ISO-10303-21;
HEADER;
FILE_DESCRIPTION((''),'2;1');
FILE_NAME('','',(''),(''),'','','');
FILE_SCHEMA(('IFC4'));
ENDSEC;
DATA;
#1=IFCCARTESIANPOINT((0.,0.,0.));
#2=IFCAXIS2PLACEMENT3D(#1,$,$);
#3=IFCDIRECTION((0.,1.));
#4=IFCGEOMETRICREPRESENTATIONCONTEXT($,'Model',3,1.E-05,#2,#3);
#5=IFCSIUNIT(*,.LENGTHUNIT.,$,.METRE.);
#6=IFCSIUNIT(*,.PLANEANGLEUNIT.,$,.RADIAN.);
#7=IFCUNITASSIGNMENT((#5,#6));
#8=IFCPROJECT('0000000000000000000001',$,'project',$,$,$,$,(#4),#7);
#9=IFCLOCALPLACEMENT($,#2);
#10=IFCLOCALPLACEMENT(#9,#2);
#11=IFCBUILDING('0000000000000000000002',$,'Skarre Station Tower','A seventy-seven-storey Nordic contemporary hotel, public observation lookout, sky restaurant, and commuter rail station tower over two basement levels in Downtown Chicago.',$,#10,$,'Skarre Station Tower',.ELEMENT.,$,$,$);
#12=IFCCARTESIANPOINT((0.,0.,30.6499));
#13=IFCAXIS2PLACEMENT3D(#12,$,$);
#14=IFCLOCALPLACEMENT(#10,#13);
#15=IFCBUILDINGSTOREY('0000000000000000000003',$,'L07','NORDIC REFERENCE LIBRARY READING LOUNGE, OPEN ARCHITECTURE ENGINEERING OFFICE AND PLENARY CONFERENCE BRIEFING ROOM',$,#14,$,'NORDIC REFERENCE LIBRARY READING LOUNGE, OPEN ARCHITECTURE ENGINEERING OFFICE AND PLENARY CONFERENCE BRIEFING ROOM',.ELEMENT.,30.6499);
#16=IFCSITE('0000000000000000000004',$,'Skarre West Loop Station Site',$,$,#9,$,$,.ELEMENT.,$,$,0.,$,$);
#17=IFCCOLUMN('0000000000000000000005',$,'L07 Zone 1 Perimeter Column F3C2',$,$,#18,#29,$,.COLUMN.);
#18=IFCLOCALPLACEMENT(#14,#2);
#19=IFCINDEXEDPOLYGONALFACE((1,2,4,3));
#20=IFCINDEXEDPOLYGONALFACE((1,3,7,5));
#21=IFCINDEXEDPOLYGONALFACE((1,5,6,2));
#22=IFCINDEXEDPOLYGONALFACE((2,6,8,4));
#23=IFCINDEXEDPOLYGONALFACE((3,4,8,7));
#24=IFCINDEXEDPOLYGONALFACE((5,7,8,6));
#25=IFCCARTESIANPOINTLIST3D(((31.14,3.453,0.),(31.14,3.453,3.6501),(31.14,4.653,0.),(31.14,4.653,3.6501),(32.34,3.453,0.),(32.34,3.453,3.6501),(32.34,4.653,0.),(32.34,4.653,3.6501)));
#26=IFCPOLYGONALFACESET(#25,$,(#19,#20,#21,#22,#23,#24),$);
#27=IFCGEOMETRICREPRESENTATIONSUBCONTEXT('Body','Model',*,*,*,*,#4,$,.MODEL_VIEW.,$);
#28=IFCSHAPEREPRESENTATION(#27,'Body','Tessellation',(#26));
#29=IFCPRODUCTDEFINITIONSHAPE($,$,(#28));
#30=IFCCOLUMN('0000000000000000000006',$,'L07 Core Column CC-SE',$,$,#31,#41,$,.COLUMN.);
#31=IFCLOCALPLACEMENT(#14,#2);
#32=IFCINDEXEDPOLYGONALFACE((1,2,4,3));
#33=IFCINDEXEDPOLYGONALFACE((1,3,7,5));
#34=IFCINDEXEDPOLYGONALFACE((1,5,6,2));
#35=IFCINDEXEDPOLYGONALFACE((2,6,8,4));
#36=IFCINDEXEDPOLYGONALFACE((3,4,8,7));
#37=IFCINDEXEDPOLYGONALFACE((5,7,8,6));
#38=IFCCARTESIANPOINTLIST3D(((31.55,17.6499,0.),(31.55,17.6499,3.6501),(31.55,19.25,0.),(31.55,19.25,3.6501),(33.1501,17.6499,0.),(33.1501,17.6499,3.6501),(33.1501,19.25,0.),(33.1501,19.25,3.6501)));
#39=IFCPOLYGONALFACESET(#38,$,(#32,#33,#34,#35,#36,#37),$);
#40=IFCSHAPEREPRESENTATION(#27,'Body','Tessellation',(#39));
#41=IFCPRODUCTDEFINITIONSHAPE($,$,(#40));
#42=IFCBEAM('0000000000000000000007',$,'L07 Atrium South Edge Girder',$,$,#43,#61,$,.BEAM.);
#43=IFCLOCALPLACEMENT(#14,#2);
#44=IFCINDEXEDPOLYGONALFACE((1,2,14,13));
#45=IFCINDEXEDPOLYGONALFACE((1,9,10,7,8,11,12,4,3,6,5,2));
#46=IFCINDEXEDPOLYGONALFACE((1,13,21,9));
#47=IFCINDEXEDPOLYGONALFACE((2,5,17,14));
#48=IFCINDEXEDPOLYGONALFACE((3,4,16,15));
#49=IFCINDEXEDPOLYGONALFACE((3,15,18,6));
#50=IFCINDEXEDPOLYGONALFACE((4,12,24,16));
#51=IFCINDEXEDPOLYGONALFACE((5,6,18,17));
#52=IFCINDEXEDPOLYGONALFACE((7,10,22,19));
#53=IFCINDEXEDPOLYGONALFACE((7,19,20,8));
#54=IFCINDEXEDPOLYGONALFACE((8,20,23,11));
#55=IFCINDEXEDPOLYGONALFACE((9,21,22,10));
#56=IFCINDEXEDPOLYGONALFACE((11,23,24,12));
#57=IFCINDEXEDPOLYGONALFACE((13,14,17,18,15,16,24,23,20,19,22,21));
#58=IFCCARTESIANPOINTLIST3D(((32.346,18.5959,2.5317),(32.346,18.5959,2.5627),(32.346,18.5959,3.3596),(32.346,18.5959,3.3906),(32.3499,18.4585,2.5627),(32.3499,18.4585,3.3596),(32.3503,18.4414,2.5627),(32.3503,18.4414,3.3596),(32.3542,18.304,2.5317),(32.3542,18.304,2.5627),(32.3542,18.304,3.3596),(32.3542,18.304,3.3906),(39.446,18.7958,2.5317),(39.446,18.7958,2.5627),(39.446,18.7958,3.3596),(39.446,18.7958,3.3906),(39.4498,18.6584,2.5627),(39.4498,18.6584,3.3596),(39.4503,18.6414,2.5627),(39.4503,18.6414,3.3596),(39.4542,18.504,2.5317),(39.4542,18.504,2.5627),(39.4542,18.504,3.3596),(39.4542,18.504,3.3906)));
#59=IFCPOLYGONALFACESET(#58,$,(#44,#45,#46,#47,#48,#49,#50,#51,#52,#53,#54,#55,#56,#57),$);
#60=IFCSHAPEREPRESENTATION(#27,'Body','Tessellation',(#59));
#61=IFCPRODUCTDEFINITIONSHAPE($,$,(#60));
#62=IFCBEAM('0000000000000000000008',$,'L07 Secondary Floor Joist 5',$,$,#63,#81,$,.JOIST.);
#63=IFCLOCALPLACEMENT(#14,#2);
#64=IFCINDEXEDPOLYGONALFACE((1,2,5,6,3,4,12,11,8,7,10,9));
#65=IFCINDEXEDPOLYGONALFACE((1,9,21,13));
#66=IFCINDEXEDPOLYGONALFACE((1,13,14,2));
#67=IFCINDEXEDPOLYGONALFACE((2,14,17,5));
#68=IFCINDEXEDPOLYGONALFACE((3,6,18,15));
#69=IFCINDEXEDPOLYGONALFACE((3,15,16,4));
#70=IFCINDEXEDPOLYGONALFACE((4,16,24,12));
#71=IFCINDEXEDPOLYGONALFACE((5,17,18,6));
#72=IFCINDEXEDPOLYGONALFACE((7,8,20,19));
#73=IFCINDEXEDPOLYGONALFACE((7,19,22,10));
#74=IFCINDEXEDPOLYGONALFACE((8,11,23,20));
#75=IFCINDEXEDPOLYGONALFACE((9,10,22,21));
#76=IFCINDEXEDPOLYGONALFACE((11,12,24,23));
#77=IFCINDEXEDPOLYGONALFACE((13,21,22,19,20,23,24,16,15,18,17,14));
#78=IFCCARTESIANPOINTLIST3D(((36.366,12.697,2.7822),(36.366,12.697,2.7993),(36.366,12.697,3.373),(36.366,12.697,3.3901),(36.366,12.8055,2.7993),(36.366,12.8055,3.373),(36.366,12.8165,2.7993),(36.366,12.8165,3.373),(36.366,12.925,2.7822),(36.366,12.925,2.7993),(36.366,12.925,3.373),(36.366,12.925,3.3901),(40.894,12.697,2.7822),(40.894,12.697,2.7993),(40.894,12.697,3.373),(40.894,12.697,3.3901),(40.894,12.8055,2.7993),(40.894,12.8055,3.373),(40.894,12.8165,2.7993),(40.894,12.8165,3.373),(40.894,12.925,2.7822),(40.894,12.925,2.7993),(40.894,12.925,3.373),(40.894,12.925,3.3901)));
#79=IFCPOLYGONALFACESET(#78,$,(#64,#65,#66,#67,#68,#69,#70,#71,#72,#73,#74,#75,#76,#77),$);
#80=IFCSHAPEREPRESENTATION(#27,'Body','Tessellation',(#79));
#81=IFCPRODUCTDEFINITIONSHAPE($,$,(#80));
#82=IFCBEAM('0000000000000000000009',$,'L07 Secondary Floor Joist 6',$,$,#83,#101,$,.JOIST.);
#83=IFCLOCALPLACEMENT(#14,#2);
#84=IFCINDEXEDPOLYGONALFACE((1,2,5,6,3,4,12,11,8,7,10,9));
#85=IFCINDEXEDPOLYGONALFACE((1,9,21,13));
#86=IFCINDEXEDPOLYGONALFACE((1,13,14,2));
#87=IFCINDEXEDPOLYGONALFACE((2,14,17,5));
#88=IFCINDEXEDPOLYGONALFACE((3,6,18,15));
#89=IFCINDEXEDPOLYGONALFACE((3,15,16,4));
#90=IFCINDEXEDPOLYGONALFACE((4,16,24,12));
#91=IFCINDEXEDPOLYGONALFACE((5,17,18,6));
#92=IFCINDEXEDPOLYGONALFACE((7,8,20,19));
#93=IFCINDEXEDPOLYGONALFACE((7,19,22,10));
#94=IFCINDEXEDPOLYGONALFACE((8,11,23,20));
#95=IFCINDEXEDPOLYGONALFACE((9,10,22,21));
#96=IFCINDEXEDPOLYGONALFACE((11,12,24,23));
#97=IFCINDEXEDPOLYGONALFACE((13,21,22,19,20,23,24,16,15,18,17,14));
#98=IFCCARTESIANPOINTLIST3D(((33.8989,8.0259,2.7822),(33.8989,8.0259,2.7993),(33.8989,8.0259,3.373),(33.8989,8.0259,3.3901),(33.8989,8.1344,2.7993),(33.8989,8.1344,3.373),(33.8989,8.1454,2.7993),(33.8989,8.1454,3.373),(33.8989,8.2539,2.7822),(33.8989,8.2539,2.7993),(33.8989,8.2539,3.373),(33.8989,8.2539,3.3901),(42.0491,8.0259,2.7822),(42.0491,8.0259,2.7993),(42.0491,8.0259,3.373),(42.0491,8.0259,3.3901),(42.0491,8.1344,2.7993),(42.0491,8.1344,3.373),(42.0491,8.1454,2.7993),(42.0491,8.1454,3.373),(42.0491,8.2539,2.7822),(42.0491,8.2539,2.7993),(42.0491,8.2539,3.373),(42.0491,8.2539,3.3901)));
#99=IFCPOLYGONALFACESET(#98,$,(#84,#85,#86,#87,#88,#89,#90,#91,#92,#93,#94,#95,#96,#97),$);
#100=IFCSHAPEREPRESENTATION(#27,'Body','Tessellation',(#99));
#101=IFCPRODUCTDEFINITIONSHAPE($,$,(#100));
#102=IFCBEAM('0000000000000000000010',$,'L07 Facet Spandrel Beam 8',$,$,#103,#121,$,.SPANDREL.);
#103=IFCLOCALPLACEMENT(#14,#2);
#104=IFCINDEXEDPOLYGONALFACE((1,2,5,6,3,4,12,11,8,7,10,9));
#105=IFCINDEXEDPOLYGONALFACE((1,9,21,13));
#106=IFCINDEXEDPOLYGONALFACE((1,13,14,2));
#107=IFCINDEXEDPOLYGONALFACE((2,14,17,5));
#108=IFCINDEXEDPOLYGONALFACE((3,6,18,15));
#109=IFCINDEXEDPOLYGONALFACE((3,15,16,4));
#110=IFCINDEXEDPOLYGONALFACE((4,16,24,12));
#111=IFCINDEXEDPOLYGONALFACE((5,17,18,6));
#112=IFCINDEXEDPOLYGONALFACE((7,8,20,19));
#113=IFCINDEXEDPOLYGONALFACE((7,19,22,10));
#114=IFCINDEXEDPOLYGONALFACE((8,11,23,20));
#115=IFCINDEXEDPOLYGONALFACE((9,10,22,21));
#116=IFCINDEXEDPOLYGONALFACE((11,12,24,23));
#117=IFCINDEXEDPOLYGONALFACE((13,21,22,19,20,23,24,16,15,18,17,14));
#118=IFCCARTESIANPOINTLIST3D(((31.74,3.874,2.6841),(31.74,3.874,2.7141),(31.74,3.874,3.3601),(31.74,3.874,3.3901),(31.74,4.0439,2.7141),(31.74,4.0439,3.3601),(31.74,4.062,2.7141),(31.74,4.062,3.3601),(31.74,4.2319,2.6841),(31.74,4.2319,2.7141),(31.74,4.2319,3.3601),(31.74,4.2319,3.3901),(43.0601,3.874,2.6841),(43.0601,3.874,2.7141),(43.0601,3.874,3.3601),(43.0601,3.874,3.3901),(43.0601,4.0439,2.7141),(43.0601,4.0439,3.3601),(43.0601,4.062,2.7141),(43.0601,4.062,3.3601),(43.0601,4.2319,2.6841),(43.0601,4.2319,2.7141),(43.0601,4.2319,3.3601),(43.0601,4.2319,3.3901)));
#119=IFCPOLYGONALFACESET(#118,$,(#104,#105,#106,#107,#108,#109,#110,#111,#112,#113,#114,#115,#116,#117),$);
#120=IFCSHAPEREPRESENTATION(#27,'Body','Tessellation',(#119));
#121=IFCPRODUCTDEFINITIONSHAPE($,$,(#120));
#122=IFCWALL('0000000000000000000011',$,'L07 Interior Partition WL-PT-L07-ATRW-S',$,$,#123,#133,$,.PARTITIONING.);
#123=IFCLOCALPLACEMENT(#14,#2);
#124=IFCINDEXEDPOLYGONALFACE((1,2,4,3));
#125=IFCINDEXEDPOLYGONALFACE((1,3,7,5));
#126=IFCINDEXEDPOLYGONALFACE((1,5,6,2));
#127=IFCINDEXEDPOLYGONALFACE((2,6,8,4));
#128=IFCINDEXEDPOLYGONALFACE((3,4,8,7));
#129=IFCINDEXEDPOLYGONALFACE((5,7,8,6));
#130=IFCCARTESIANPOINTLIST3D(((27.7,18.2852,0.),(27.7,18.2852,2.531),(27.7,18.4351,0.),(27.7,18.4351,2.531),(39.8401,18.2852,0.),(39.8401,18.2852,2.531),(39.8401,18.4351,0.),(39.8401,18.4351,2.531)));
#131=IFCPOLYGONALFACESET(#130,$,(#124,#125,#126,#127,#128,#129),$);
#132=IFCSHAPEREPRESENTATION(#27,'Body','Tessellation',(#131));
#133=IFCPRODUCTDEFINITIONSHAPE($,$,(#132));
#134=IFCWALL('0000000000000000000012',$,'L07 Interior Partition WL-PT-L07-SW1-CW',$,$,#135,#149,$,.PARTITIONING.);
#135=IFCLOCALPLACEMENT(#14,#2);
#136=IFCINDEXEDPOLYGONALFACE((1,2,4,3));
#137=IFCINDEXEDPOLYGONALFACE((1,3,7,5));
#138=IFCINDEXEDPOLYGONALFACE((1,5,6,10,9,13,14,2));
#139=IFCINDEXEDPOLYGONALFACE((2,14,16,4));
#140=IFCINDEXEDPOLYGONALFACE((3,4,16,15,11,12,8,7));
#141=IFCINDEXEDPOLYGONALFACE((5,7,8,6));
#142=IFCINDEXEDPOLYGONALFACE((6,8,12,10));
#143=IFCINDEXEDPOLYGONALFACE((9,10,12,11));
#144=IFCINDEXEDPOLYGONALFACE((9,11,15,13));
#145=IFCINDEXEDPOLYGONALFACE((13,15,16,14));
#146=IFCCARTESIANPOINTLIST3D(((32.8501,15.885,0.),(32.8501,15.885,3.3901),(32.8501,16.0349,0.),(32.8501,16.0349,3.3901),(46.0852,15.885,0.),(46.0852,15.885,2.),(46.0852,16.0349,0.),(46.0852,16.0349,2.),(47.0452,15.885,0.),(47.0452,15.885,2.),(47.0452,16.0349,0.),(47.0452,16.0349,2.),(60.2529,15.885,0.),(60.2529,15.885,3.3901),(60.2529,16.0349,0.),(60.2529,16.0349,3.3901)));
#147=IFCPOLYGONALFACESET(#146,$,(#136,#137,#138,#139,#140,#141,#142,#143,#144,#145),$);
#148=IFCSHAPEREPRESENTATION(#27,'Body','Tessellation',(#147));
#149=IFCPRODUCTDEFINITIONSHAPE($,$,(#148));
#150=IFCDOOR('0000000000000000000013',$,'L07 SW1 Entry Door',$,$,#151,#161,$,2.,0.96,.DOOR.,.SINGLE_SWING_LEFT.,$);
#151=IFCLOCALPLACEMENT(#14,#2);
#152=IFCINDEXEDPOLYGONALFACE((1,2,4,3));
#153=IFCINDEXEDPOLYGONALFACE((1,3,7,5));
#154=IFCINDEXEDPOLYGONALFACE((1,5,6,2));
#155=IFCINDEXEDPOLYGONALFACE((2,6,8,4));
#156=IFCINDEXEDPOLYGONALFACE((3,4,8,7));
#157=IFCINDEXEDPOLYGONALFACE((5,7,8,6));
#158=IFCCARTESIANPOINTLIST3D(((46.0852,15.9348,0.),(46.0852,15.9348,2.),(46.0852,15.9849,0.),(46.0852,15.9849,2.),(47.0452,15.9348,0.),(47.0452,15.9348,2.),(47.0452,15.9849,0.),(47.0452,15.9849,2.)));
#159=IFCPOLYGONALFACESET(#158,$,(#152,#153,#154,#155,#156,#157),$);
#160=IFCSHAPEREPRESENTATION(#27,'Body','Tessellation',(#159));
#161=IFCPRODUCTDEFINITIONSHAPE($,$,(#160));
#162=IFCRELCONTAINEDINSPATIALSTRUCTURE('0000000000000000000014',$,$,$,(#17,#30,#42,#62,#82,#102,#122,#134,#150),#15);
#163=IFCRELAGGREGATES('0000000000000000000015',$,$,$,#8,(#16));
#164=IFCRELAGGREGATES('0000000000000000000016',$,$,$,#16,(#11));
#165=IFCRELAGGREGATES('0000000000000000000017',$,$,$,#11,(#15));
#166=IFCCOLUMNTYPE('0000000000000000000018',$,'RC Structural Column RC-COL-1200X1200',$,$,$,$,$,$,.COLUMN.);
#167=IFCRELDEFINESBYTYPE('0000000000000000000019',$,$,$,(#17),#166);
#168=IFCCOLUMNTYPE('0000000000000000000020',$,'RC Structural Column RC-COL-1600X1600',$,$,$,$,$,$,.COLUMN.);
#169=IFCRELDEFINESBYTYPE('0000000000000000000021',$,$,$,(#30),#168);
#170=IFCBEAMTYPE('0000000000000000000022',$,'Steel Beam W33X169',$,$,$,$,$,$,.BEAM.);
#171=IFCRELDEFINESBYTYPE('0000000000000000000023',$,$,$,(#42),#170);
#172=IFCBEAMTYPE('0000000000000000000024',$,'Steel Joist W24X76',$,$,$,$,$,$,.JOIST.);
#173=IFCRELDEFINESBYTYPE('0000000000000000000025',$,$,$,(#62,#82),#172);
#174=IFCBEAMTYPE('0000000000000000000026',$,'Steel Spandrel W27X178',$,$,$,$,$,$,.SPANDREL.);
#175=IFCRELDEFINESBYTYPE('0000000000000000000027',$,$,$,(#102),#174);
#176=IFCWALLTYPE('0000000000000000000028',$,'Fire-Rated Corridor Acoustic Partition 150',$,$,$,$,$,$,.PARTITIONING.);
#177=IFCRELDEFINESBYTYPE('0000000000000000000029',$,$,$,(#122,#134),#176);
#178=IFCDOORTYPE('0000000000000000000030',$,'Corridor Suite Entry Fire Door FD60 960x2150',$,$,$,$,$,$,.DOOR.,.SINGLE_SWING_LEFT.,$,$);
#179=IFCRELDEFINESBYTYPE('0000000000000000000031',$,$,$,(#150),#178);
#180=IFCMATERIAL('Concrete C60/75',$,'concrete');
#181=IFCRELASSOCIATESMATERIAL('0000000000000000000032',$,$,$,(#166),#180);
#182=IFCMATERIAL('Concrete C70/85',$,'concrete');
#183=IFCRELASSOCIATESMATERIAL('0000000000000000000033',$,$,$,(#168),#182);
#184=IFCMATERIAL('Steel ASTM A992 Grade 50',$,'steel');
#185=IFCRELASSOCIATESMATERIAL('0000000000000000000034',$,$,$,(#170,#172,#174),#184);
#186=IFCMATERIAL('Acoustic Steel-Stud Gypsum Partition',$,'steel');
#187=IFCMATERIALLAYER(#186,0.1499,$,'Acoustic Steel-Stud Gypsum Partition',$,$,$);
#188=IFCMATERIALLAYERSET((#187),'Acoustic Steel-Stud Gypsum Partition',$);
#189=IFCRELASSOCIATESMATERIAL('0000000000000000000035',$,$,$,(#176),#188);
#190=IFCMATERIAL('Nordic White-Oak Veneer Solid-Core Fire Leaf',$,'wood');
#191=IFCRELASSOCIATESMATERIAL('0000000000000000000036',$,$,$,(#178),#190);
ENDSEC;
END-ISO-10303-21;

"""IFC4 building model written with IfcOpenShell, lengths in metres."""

from ifc_helpers import new_model, si_unit, direction, frame, frame_2d, origin, origin_2d, place, context, subcontext, project, spatial, rectangle, i_section, extrude, material, layer, layer_set, material_profile, profile_set, type_object, element, fill, save


model = new_model("IFC4")

# Units and contexts
model_context = context("Model", 3, precision=1e-05, world=origin(), true_north=direction((0.0, 1.0)))
body_context = subcontext(model_context, "Body", "Model", "MODEL_VIEW")
ifc_project = project(units=[si_unit("LENGTHUNIT", "METRE"), si_unit("PLANEANGLEUNIT", "RADIAN")], contexts=[model_context])

# Site, building, storey
site_placement = place(None, origin())
site = spatial("IfcSite", under=ifc_project, at=site_placement, Name="Skarre West Loop Station Site", CompositionType="ELEMENT", RefElevation=0.0)
building_placement = place(site_placement, origin())
building = spatial("IfcBuilding", under=site, at=building_placement, Name="Skarre Station Tower", Description="A seventy-seven-storey Nordic contemporary hotel, public observation lookout, sky restaurant, and commuter rail station tower over two basement levels in Downtown Chicago.", LongName="Skarre Station Tower", CompositionType="ELEMENT")
storey_placement = place(building_placement, frame((0.0, 0.0, 30.6499)))
storey = spatial("IfcBuildingStorey", under=building, at=storey_placement, Name="L07", Description="NORDIC REFERENCE LIBRARY READING LOUNGE, OPEN ARCHITECTURE ENGINEERING OFFICE AND PLENARY CONFERENCE BRIEFING ROOM", LongName="NORDIC REFERENCE LIBRARY READING LOUNGE, OPEN ARCHITECTURE ENGINEERING OFFICE AND PLENARY CONFERENCE BRIEFING ROOM", CompositionType="ELEMENT", Elevation=30.6499)

# Columns
ifc_material_1 = material(Name="Concrete C60/75", Category="concrete")
ifc_material_profile_1 = material_profile(ifc_material_1, rectangle(XDim=1.2, YDim=1.2, at=origin_2d()), Name="Concrete C60/75")
ifc_profile_set_1 = profile_set([ifc_material_profile_1], Name="Concrete C60/75")
column_type_1 = type_object("IfcColumnType", Name="RC Structural Column RC-COL-1200X1200", PredefinedType="COLUMN", material=ifc_profile_set_1)
column_1_placement = place(storey_placement, frame((31.74, 4.053, 0.0), z_axis=(0.0, 0.0, 1.0), x_axis=(1.0, 0.0, 0.0)))
element("IfcColumn", 1, at=column_1_placement, inside=storey, type_object=column_type_1, Name="L07 Zone 1 Perimeter Column F3C2", PredefinedType="COLUMN", context=body_context, shape_type="SweptSolid", body=[
    extrude(rectangle(XDim=1.2, YDim=1.2, at=origin_2d()), origin(), (0.0, 0.0, 1.0), 3.6501),
])
ifc_material_2 = material(Name="Concrete C70/85", Category="concrete")
ifc_material_profile_2 = material_profile(ifc_material_2, rectangle(XDim=1.6001, YDim=1.6001, at=origin_2d()), Name="Concrete C70/85")
ifc_profile_set_2 = profile_set([ifc_material_profile_2], Name="Concrete C70/85")
column_type_2 = type_object("IfcColumnType", Name="RC Structural Column RC-COL-1600X1600", PredefinedType="COLUMN", material=ifc_profile_set_2)
column_2_placement = place(storey_placement, frame((32.3501, 18.45, 0.0), z_axis=(0.0, 0.0, 1.0), x_axis=(1.0, 0.0, 0.0)))
element("IfcColumn", 2, at=column_2_placement, inside=storey, type_object=column_type_2, Name="L07 Core Column CC-SE", PredefinedType="COLUMN", context=body_context, shape_type="SweptSolid", body=[
    extrude(rectangle(XDim=1.6001, YDim=1.6001, at=origin_2d()), origin(), (0.0, 0.0, 1.0), 3.6501),
])

# Beams
ifc_material_3 = material(Name="Steel ASTM A992 Grade 50", Category="steel")
ifc_material_profile_3 = material_profile(ifc_material_3, i_section(OverallWidth=0.292, OverallDepth=0.8589, WebThickness=0.0171, FlangeThickness=0.031, at=origin_2d()), Name="Steel ASTM A992 Grade 50")
ifc_profile_set_3 = profile_set([ifc_material_profile_3], Name="Steel ASTM A992 Grade 50")
beam_type_1 = type_object("IfcBeamType", Name="Steel Beam W33X169", PredefinedType="BEAM", material=ifc_profile_set_3)
beam_1_placement = place(storey_placement, frame((32.3501, 18.45, 2.9612), z_axis=(0.999604, 0.028152, 0.0), x_axis=(-0.028152, 0.999604, 0.0)))
element("IfcBeam", 3, at=beam_1_placement, inside=storey, type_object=beam_type_1, Name="L07 Atrium South Edge Girder", PredefinedType="BEAM", context=body_context, shape_type="SweptSolid", body=[
    extrude(i_section(OverallWidth=0.292, OverallDepth=0.8589, WebThickness=0.0171, FlangeThickness=0.031, at=origin_2d()), origin(), (0.0, 0.0, 1.0), 7.1028),
])
ifc_material_profile_4 = material_profile(ifc_material_3, i_section(OverallWidth=0.228, OverallDepth=0.6079, WebThickness=0.011, FlangeThickness=0.0171, at=origin_2d()), Name="Steel ASTM A992 Grade 50")
ifc_profile_set_4 = profile_set([ifc_material_profile_4], Name="Steel ASTM A992 Grade 50")
beam_type_2 = type_object("IfcBeamType", Name="Steel Joist W24X76", PredefinedType="JOIST", material=ifc_profile_set_4)
beam_2_placement = place(storey_placement, frame((36.366, 12.811, 3.0862), z_axis=(1.0, 0.0, 0.0), x_axis=(0.0, 1.0, 0.0)))
element("IfcBeam", 4, at=beam_2_placement, inside=storey, type_object=beam_type_2, Name="L07 Secondary Floor Joist 5", PredefinedType="JOIST", context=body_context, shape_type="SweptSolid", body=[
    extrude(i_section(OverallWidth=0.228, OverallDepth=0.6079, WebThickness=0.011, FlangeThickness=0.0171, at=origin_2d()), origin(), (0.0, 0.0, 1.0), 4.5281),
])
beam_3_placement = place(storey_placement, frame((33.8989, 8.1399, 3.0862), z_axis=(1.0, 0.0, 0.0), x_axis=(0.0, 1.0, 0.0)))
element("IfcBeam", 5, at=beam_3_placement, inside=storey, type_object=beam_type_2, Name="L07 Secondary Floor Joist 6", PredefinedType="JOIST", context=body_context, shape_type="SweptSolid", body=[
    extrude(i_section(OverallWidth=0.228, OverallDepth=0.6079, WebThickness=0.011, FlangeThickness=0.0171, at=origin_2d()), origin(), (0.0, 0.0, 1.0), 8.1501),
])
ifc_material_profile_5 = material_profile(ifc_material_3, i_section(OverallWidth=0.3579, OverallDepth=0.7061, WebThickness=0.0181, FlangeThickness=0.03, at=origin_2d()), Name="Steel ASTM A992 Grade 50")
ifc_profile_set_5 = profile_set([ifc_material_profile_5], Name="Steel ASTM A992 Grade 50")
beam_type_3 = type_object("IfcBeamType", Name="Steel Spandrel W27X178", PredefinedType="SPANDREL", material=ifc_profile_set_5)
beam_4_placement = place(storey_placement, frame((31.74, 4.053, 3.0371), z_axis=(1.0, 0.0, 0.0), x_axis=(0.0, 1.0, 0.0)))
element("IfcBeam", 6, at=beam_4_placement, inside=storey, type_object=beam_type_3, Name="L07 Facet Spandrel Beam 8", PredefinedType="SPANDREL", context=body_context, shape_type="SweptSolid", body=[
    extrude(i_section(OverallWidth=0.3579, OverallDepth=0.7061, WebThickness=0.0181, FlangeThickness=0.03, at=origin_2d()), origin(), (0.0, 0.0, 1.0), 11.3201),
])

# Wall
ifc_material_4 = material(Name="Acoustic Steel-Stud Gypsum Partition", Category="steel")
ifc_layer_1 = layer(ifc_material_4, 0.1499, Name="Acoustic Steel-Stud Gypsum Partition")
ifc_layer_set_1 = layer_set([ifc_layer_1], Name="Acoustic Steel-Stud Gypsum Partition")
wall_type_1 = type_object("IfcWallType", Name="Fire-Rated Corridor Acoustic Partition 150", PredefinedType="PARTITIONING", material=ifc_layer_set_1)
wall_1_placement = place(storey_placement, frame((27.7, 18.3601, 0.0), z_axis=(0.0, 0.0, 1.0), x_axis=(1.0, 0.0, 0.0)))
element("IfcWall", 7, at=wall_1_placement, inside=storey, type_object=wall_type_1, Name="L07 Interior Partition WL-PT-L07-ATRW-S", PredefinedType="PARTITIONING", context=body_context, shape_type="SweptSolid", body=[
    extrude(rectangle(XDim=12.1401, YDim=0.1499, at=frame_2d((6.0701, 0.0))), origin(), (0.0, 0.0, 1.0), 2.531),
])

# Wall, opening, door
wall_2_placement = place(storey_placement, frame((32.8501, 15.96, 0.0), z_axis=(0.0, 0.0, 1.0), x_axis=(1.0, 0.0, 0.0)))
wall_2 = element("IfcWall", 8, at=wall_2_placement, inside=storey, type_object=wall_type_1, Name="L07 Interior Partition WL-PT-L07-SW1-CW", PredefinedType="PARTITIONING", context=body_context, shape_type="SweptSolid", body=[
    extrude(rectangle(XDim=27.4028, YDim=0.1499, at=frame_2d((13.7014, 0.0))), origin(), (0.0, 0.0, 1.0), 3.3901),
])
opening_1_placement = place(wall_2_placement, frame((13.2351, 0.0, 0.0)))
opening_1 = element("IfcOpeningElement", 9, at=opening_1_placement, cuts=wall_2, PredefinedType="OPENING", context=body_context, shape_type="SweptSolid", body=[
    extrude(rectangle(XDim=0.96, YDim=2.0, at=frame_2d((0.48, 1.0))), frame((0.0, 0.085, 0.0), z_axis=(0.0, -1.0, 0.0), x_axis=(1.0, 0.0, 0.0)), (0.0, 0.0, 1.0), 0.1699),
])
ifc_material_5 = material(Name="Nordic White-Oak Veneer Solid-Core Fire Leaf", Category="wood")
door_type_1 = type_object("IfcDoorType", Name="Corridor Suite Entry Fire Door FD60 960x2150", OperationType="SINGLE_SWING_LEFT", PredefinedType="DOOR", material=ifc_material_5)
door_1_placement = place(opening_1_placement, origin())
door_1 = element("IfcDoor", 10, at=door_1_placement, inside=storey, type_object=door_type_1, Name="L07 SW1 Entry Door", OperationType="SINGLE_SWING_LEFT", OverallHeight=2.0, OverallWidth=0.96, PredefinedType="DOOR", context=body_context, shape_type="SweptSolid", body=[
    extrude(rectangle(XDim=0.96, YDim=2.0, at=frame_2d((0.48, 1.0))), frame((0.0, 0.0249, 0.0), z_axis=(0.0, -1.0, 0.0), x_axis=(1.0, 0.0, 0.0)), (0.0, 0.0, 1.0), 0.05),
])
fill(opening_1, door_1)

save(model, "model.ifc")
